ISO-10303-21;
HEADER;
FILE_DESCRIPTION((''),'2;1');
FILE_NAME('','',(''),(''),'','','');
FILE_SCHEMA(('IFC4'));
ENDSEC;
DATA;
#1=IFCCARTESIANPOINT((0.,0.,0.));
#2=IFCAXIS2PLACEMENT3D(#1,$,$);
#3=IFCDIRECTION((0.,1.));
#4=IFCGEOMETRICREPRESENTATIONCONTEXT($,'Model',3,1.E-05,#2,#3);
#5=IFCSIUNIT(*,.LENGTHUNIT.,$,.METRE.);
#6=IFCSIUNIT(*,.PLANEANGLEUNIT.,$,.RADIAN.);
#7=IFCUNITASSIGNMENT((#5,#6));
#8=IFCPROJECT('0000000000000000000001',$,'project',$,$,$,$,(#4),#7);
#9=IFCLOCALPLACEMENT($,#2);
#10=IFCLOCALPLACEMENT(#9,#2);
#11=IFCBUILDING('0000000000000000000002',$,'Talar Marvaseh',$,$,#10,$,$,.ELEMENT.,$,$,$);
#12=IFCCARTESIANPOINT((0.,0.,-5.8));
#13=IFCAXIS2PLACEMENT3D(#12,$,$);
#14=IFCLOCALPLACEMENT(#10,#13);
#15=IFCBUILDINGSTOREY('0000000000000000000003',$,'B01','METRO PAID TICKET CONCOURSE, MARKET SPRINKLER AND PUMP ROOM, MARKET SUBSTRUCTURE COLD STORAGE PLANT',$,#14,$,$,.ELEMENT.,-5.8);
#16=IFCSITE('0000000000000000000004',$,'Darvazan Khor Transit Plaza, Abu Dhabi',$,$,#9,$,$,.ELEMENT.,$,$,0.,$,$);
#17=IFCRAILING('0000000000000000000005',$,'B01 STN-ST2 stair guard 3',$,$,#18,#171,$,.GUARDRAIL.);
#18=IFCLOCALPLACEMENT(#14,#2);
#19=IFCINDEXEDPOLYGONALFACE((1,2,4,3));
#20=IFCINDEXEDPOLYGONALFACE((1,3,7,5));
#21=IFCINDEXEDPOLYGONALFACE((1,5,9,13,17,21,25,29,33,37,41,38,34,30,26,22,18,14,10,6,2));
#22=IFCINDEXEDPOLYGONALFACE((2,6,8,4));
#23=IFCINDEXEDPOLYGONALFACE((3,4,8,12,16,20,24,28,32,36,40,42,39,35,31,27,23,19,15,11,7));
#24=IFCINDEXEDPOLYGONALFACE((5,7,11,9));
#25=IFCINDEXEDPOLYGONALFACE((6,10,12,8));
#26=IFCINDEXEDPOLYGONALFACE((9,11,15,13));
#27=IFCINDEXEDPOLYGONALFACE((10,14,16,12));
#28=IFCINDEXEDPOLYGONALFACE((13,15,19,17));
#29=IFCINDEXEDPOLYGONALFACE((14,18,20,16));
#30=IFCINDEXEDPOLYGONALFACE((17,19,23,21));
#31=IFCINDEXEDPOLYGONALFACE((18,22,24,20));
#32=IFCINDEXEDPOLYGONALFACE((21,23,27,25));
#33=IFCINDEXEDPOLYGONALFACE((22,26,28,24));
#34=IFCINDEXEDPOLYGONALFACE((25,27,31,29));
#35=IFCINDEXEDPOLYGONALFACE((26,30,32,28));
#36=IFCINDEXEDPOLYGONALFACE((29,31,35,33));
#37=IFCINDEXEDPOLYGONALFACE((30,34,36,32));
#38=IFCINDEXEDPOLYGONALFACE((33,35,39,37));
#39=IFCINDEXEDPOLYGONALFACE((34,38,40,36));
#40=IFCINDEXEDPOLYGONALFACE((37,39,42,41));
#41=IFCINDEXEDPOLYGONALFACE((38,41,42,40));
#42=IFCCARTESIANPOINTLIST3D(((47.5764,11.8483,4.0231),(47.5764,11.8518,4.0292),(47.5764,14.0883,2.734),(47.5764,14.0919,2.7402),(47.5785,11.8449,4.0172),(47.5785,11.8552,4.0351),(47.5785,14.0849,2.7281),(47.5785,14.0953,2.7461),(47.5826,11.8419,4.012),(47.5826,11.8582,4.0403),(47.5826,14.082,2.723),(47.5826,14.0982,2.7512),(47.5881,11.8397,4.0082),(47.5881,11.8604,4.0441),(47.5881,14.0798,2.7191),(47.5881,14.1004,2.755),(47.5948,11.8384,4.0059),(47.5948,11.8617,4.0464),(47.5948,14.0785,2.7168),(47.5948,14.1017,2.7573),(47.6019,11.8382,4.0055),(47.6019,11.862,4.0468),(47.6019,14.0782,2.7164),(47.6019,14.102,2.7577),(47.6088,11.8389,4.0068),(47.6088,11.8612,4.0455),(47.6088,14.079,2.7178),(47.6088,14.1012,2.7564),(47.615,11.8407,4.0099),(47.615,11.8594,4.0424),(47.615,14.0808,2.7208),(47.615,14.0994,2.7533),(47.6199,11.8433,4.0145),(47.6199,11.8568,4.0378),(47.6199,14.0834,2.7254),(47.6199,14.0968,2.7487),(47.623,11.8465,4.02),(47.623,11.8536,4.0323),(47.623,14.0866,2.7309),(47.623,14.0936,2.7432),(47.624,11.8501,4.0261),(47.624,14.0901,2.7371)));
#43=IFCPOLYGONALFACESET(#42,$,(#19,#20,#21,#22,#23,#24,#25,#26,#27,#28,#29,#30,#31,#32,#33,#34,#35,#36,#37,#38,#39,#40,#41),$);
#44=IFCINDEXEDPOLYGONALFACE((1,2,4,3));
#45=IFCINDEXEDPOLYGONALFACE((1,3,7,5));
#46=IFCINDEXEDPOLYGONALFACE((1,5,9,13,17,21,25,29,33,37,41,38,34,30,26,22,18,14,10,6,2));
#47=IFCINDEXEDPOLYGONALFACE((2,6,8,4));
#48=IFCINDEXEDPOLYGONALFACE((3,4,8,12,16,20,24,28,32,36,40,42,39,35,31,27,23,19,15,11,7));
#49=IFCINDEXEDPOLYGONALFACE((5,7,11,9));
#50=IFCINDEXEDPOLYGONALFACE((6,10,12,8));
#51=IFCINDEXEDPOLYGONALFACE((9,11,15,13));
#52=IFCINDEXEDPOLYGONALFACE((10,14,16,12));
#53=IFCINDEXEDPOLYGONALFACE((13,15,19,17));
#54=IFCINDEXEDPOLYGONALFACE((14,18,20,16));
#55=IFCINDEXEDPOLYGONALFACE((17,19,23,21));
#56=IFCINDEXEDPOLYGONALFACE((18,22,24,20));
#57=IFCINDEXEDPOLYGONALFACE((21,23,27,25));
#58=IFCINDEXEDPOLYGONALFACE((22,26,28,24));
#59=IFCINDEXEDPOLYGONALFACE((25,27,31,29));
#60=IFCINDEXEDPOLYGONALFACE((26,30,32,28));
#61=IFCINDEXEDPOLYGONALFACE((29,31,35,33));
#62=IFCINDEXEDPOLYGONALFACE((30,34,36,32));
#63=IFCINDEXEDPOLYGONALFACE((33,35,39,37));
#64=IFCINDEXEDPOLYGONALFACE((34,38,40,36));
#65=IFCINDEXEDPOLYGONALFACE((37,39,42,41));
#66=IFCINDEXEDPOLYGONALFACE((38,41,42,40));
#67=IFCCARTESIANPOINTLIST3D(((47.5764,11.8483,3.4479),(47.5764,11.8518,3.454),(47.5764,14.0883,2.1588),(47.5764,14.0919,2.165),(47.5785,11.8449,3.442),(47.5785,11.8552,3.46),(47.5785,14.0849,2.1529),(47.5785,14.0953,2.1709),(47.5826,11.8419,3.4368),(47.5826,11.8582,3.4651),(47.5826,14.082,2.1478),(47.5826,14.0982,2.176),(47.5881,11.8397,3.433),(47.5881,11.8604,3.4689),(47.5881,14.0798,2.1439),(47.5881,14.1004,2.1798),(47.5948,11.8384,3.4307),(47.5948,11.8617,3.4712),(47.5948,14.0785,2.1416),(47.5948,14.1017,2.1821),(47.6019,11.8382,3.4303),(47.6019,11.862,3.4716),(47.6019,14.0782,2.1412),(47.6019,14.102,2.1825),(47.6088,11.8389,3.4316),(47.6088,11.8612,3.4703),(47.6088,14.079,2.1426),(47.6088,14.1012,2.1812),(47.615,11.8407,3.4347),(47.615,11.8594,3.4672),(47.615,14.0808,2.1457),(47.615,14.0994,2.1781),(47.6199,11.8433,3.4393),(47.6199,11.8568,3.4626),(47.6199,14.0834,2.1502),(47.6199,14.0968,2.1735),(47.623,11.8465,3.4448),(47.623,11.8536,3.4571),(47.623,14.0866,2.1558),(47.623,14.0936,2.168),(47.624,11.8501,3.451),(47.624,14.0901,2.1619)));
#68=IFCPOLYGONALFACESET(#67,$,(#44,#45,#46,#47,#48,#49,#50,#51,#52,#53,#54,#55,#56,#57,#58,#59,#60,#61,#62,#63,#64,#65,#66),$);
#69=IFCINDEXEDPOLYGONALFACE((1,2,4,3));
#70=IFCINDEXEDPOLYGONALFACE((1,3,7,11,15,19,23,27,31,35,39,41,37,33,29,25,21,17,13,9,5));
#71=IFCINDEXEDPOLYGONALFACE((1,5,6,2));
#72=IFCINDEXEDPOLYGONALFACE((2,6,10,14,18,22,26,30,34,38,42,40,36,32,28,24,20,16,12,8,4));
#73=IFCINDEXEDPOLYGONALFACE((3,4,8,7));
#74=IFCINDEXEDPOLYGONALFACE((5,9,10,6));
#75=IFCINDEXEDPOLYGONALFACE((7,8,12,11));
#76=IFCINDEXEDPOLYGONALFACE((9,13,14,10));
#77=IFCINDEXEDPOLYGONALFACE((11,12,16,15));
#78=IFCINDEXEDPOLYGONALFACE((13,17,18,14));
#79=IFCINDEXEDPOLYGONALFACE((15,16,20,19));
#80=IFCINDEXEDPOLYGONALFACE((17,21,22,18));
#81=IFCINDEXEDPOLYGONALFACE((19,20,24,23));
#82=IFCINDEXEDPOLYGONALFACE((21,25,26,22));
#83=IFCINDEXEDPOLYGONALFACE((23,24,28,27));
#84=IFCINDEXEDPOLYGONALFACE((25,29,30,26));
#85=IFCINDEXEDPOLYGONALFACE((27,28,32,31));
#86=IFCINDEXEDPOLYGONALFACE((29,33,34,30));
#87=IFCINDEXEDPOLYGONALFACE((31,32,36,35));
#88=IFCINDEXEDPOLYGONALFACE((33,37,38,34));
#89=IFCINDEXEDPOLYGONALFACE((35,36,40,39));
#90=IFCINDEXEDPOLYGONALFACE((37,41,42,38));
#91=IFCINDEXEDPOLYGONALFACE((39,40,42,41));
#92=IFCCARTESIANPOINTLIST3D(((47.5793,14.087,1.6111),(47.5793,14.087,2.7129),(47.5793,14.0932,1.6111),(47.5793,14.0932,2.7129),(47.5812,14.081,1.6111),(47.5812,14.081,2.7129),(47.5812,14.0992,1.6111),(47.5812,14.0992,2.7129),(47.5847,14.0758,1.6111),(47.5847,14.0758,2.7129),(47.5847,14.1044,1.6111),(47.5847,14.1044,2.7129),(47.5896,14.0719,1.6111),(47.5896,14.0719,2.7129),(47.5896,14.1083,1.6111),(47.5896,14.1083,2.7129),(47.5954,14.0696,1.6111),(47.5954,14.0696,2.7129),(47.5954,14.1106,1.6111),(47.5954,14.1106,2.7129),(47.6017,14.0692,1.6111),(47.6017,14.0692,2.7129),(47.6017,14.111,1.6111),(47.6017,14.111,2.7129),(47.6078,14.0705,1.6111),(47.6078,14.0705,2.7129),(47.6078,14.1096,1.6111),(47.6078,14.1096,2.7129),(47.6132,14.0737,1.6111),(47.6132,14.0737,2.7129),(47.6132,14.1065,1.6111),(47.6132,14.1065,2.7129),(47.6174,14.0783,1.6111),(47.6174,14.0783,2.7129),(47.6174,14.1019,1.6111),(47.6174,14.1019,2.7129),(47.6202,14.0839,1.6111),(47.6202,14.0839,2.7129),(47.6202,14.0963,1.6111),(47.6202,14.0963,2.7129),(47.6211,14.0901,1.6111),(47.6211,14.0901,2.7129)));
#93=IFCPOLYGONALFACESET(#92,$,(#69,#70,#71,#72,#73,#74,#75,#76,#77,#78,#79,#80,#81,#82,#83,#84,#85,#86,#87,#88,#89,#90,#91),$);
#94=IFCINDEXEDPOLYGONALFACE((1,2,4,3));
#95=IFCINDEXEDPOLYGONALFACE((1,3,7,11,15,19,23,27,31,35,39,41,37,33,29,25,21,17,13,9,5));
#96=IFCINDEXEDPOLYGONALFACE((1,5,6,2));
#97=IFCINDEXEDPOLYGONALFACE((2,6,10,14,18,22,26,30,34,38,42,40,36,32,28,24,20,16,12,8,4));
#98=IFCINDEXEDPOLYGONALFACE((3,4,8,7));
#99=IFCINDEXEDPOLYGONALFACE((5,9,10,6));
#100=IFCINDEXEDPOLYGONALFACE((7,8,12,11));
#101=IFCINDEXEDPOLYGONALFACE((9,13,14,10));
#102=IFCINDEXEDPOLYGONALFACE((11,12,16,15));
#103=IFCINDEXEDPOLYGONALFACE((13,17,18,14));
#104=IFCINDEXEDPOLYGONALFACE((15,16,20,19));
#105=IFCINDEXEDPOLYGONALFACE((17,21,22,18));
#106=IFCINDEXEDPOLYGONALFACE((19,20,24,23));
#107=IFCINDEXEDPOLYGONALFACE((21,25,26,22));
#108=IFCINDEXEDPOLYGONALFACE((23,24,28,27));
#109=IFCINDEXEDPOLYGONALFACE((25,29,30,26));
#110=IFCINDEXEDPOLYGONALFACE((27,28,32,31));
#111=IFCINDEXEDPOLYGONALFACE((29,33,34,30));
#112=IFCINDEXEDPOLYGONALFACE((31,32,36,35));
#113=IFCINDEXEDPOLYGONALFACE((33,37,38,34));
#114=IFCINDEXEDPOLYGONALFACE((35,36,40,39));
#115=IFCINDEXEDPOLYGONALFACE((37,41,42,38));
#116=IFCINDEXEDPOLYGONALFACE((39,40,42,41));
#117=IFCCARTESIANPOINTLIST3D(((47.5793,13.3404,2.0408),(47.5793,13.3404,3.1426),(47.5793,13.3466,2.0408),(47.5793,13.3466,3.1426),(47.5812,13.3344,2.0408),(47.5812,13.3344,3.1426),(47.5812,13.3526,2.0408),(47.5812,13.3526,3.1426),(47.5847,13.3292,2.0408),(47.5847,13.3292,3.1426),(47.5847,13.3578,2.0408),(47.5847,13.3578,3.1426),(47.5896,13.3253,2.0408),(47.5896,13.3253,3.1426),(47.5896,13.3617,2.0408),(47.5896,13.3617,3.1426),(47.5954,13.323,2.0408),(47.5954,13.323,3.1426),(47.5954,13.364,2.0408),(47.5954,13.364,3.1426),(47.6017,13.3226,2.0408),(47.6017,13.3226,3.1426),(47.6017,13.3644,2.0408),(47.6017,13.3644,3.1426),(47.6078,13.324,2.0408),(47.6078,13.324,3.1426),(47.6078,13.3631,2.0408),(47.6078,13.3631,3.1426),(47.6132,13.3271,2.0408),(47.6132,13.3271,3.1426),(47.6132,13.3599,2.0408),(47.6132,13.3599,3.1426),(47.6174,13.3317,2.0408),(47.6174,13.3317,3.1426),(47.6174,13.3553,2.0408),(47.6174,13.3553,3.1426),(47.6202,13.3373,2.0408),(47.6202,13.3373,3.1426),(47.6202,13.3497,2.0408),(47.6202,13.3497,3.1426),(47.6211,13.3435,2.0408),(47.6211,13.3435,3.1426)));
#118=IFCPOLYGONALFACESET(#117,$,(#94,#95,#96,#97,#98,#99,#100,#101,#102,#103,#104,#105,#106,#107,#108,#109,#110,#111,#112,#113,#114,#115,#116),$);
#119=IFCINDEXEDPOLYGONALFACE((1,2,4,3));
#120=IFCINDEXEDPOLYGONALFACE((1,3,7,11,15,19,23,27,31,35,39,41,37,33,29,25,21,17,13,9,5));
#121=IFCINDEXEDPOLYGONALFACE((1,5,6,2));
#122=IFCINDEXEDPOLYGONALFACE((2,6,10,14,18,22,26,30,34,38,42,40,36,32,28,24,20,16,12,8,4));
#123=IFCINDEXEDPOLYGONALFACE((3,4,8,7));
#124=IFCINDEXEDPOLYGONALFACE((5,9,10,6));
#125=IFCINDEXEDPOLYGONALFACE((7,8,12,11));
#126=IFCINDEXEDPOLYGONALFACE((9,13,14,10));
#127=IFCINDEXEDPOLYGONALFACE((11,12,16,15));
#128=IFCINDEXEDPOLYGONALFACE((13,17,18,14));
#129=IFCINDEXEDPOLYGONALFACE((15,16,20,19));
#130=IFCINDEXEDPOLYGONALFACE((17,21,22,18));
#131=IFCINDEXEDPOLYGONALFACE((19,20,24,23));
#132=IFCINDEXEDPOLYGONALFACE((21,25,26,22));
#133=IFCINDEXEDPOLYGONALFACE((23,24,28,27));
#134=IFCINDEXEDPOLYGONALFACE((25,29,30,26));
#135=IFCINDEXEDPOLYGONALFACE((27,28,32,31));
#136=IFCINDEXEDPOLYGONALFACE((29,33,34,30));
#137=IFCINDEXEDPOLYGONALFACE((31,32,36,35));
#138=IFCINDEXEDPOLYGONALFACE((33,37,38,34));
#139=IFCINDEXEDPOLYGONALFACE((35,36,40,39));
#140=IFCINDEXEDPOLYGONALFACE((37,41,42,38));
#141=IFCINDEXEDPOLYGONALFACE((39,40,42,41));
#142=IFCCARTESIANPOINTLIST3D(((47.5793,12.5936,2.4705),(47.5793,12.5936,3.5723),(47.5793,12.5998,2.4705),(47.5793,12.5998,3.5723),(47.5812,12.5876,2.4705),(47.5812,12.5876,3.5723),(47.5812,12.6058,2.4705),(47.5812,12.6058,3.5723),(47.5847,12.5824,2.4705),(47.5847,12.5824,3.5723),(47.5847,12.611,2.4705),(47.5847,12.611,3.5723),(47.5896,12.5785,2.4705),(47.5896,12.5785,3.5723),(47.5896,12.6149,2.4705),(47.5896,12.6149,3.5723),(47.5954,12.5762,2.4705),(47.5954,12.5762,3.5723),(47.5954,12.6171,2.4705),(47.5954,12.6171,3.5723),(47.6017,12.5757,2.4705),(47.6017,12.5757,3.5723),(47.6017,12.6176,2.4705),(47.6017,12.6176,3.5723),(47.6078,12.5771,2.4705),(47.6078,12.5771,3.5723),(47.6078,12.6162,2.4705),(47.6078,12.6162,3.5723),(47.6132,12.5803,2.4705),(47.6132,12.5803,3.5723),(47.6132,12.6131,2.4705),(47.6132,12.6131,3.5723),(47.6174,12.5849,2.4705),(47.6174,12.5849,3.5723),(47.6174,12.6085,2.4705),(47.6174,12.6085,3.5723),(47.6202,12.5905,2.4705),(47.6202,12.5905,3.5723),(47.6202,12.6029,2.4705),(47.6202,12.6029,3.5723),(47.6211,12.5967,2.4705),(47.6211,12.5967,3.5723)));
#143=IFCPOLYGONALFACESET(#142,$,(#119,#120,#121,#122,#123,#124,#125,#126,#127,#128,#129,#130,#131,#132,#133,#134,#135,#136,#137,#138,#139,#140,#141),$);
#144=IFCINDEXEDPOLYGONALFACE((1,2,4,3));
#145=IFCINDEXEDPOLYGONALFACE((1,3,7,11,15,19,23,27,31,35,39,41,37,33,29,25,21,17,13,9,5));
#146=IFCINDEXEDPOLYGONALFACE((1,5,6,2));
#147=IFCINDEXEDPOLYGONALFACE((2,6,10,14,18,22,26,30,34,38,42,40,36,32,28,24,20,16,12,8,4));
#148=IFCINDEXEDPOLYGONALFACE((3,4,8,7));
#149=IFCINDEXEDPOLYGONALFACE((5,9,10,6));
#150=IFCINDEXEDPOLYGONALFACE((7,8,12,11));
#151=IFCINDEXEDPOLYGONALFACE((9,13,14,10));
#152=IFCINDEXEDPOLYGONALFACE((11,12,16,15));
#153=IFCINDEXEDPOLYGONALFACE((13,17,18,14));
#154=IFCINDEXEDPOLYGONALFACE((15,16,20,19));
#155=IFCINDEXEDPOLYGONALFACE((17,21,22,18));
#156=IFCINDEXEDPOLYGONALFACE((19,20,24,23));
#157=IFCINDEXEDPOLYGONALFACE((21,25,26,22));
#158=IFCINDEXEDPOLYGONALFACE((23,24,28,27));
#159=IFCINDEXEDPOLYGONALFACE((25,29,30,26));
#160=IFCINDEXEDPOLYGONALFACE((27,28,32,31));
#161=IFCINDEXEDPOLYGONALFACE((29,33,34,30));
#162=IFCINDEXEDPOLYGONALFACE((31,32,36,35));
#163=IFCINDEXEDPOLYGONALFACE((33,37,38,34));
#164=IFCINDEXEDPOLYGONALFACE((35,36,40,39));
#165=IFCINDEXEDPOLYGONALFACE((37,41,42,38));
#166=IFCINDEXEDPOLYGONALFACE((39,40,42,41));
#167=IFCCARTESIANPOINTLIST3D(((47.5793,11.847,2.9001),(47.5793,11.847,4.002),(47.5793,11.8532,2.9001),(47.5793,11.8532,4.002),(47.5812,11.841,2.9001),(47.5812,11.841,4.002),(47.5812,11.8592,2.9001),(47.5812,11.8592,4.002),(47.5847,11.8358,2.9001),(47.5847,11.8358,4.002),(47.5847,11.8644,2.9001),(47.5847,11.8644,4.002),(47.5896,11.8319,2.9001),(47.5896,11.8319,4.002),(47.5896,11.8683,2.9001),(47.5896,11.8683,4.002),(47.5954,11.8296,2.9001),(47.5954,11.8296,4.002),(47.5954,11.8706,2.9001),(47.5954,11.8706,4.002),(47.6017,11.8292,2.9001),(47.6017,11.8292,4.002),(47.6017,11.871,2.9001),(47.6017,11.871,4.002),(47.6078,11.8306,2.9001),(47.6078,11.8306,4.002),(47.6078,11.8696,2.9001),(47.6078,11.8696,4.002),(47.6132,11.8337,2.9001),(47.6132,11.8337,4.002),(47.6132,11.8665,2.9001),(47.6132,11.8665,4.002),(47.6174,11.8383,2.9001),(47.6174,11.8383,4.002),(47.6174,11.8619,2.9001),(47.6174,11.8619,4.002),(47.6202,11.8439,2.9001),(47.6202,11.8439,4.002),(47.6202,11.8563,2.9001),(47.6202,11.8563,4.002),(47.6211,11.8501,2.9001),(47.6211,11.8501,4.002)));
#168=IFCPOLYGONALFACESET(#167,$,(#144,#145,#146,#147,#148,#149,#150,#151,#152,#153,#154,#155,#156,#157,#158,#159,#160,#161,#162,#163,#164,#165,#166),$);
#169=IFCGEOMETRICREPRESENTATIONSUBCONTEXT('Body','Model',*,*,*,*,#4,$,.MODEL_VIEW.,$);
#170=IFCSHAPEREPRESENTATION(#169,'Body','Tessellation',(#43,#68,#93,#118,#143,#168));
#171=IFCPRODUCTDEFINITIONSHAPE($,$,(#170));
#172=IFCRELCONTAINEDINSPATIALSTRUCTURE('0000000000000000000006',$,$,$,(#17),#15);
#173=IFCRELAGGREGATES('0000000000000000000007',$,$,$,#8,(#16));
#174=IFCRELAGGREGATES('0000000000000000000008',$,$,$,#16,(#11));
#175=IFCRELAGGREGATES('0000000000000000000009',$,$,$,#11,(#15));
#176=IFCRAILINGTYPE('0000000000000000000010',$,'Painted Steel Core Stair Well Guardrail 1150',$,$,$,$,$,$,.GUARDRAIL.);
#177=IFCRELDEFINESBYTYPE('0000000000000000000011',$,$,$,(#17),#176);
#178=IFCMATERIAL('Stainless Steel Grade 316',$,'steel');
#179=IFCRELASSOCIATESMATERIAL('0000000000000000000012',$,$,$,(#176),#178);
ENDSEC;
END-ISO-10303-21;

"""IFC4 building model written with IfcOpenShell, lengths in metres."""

from ifc_helpers import new_model, si_unit, direction, frame, origin, origin_2d, place, context, subcontext, project, spatial, circle, extrude, material, type_object, element, save


model = new_model("IFC4")

# Units and contexts
model_context = context("Model", 3, precision=1e-05, world=origin(), true_north=direction((0.0, 1.0)))
body_context = subcontext(model_context, "Body", "Model", "MODEL_VIEW")
ifc_project = project(units=[si_unit("LENGTHUNIT", "METRE"), si_unit("PLANEANGLEUNIT", "RADIAN")], contexts=[model_context])

# Site, building, storey
site_placement = place(None, origin())
site = spatial("IfcSite", under=ifc_project, at=site_placement, Name="Darvazan Khor Transit Plaza, Abu Dhabi", CompositionType="ELEMENT", RefElevation=0.0)
building_placement = place(site_placement, origin())
building = spatial("IfcBuilding", under=site, at=building_placement, Name="Talar Marvaseh", CompositionType="ELEMENT")
storey_placement = place(building_placement, frame((0.0, 0.0, -5.8)))
storey = spatial("IfcBuildingStorey", under=building, at=storey_placement, Name="B01", Description="METRO PAID TICKET CONCOURSE, MARKET SPRINKLER AND PUMP ROOM, MARKET SUBSTRUCTURE COLD STORAGE PLANT", CompositionType="ELEMENT", Elevation=-5.8)

# Railing
ifc_material_1 = material(Name="Stainless Steel Grade 316", Category="steel")
railing_type_1 = type_object("IfcRailingType", Name="Painted Steel Core Stair Well Guardrail 1150", PredefinedType="GUARDRAIL", material=ifc_material_1)
railing_1_placement = place(storey_placement, frame((47.6001, 14.0901, 1.6111)))
element("IfcRailing", 1, at=railing_1_placement, inside=storey, type_object=railing_type_1, Name="B01 STN-ST2 stair guard 3", PredefinedType="GUARDRAIL", context=body_context, shape_type="SweptSolid", body=[
    extrude(circle(Radius=0.0239, at=origin_2d()), frame((0.0, 0.0, 1.126), z_axis=(0.0, -0.866728, 0.498782), x_axis=(1.0, 0.0, 0.0)), (0.0, 0.0, 1.0), 2.5845),
    extrude(circle(Radius=0.0239, at=origin_2d()), frame((0.0, 0.0, 0.5508), z_axis=(0.0, -0.866728, 0.498782), x_axis=(1.0, 0.0, 0.0)), (0.0, 0.0, 1.0), 2.5845),
    extrude(circle(Radius=0.021, at=origin_2d()), origin(), (0.0, 0.0, 1.0), 1.1018),
    extrude(circle(Radius=0.021, at=origin_2d()), frame((0.0, -0.7466, 0.4297)), (0.0, 0.0, 1.0), 1.1018),
    extrude(circle(Radius=0.021, at=origin_2d()), frame((0.0, -1.4934, 0.8594)), (0.0, 0.0, 1.0), 1.1018),
    extrude(circle(Radius=0.021, at=origin_2d()), frame((0.0, -2.24, 1.2891)), (0.0, 0.0, 1.0), 1.1018),
])

save(model, "model.ifc")
